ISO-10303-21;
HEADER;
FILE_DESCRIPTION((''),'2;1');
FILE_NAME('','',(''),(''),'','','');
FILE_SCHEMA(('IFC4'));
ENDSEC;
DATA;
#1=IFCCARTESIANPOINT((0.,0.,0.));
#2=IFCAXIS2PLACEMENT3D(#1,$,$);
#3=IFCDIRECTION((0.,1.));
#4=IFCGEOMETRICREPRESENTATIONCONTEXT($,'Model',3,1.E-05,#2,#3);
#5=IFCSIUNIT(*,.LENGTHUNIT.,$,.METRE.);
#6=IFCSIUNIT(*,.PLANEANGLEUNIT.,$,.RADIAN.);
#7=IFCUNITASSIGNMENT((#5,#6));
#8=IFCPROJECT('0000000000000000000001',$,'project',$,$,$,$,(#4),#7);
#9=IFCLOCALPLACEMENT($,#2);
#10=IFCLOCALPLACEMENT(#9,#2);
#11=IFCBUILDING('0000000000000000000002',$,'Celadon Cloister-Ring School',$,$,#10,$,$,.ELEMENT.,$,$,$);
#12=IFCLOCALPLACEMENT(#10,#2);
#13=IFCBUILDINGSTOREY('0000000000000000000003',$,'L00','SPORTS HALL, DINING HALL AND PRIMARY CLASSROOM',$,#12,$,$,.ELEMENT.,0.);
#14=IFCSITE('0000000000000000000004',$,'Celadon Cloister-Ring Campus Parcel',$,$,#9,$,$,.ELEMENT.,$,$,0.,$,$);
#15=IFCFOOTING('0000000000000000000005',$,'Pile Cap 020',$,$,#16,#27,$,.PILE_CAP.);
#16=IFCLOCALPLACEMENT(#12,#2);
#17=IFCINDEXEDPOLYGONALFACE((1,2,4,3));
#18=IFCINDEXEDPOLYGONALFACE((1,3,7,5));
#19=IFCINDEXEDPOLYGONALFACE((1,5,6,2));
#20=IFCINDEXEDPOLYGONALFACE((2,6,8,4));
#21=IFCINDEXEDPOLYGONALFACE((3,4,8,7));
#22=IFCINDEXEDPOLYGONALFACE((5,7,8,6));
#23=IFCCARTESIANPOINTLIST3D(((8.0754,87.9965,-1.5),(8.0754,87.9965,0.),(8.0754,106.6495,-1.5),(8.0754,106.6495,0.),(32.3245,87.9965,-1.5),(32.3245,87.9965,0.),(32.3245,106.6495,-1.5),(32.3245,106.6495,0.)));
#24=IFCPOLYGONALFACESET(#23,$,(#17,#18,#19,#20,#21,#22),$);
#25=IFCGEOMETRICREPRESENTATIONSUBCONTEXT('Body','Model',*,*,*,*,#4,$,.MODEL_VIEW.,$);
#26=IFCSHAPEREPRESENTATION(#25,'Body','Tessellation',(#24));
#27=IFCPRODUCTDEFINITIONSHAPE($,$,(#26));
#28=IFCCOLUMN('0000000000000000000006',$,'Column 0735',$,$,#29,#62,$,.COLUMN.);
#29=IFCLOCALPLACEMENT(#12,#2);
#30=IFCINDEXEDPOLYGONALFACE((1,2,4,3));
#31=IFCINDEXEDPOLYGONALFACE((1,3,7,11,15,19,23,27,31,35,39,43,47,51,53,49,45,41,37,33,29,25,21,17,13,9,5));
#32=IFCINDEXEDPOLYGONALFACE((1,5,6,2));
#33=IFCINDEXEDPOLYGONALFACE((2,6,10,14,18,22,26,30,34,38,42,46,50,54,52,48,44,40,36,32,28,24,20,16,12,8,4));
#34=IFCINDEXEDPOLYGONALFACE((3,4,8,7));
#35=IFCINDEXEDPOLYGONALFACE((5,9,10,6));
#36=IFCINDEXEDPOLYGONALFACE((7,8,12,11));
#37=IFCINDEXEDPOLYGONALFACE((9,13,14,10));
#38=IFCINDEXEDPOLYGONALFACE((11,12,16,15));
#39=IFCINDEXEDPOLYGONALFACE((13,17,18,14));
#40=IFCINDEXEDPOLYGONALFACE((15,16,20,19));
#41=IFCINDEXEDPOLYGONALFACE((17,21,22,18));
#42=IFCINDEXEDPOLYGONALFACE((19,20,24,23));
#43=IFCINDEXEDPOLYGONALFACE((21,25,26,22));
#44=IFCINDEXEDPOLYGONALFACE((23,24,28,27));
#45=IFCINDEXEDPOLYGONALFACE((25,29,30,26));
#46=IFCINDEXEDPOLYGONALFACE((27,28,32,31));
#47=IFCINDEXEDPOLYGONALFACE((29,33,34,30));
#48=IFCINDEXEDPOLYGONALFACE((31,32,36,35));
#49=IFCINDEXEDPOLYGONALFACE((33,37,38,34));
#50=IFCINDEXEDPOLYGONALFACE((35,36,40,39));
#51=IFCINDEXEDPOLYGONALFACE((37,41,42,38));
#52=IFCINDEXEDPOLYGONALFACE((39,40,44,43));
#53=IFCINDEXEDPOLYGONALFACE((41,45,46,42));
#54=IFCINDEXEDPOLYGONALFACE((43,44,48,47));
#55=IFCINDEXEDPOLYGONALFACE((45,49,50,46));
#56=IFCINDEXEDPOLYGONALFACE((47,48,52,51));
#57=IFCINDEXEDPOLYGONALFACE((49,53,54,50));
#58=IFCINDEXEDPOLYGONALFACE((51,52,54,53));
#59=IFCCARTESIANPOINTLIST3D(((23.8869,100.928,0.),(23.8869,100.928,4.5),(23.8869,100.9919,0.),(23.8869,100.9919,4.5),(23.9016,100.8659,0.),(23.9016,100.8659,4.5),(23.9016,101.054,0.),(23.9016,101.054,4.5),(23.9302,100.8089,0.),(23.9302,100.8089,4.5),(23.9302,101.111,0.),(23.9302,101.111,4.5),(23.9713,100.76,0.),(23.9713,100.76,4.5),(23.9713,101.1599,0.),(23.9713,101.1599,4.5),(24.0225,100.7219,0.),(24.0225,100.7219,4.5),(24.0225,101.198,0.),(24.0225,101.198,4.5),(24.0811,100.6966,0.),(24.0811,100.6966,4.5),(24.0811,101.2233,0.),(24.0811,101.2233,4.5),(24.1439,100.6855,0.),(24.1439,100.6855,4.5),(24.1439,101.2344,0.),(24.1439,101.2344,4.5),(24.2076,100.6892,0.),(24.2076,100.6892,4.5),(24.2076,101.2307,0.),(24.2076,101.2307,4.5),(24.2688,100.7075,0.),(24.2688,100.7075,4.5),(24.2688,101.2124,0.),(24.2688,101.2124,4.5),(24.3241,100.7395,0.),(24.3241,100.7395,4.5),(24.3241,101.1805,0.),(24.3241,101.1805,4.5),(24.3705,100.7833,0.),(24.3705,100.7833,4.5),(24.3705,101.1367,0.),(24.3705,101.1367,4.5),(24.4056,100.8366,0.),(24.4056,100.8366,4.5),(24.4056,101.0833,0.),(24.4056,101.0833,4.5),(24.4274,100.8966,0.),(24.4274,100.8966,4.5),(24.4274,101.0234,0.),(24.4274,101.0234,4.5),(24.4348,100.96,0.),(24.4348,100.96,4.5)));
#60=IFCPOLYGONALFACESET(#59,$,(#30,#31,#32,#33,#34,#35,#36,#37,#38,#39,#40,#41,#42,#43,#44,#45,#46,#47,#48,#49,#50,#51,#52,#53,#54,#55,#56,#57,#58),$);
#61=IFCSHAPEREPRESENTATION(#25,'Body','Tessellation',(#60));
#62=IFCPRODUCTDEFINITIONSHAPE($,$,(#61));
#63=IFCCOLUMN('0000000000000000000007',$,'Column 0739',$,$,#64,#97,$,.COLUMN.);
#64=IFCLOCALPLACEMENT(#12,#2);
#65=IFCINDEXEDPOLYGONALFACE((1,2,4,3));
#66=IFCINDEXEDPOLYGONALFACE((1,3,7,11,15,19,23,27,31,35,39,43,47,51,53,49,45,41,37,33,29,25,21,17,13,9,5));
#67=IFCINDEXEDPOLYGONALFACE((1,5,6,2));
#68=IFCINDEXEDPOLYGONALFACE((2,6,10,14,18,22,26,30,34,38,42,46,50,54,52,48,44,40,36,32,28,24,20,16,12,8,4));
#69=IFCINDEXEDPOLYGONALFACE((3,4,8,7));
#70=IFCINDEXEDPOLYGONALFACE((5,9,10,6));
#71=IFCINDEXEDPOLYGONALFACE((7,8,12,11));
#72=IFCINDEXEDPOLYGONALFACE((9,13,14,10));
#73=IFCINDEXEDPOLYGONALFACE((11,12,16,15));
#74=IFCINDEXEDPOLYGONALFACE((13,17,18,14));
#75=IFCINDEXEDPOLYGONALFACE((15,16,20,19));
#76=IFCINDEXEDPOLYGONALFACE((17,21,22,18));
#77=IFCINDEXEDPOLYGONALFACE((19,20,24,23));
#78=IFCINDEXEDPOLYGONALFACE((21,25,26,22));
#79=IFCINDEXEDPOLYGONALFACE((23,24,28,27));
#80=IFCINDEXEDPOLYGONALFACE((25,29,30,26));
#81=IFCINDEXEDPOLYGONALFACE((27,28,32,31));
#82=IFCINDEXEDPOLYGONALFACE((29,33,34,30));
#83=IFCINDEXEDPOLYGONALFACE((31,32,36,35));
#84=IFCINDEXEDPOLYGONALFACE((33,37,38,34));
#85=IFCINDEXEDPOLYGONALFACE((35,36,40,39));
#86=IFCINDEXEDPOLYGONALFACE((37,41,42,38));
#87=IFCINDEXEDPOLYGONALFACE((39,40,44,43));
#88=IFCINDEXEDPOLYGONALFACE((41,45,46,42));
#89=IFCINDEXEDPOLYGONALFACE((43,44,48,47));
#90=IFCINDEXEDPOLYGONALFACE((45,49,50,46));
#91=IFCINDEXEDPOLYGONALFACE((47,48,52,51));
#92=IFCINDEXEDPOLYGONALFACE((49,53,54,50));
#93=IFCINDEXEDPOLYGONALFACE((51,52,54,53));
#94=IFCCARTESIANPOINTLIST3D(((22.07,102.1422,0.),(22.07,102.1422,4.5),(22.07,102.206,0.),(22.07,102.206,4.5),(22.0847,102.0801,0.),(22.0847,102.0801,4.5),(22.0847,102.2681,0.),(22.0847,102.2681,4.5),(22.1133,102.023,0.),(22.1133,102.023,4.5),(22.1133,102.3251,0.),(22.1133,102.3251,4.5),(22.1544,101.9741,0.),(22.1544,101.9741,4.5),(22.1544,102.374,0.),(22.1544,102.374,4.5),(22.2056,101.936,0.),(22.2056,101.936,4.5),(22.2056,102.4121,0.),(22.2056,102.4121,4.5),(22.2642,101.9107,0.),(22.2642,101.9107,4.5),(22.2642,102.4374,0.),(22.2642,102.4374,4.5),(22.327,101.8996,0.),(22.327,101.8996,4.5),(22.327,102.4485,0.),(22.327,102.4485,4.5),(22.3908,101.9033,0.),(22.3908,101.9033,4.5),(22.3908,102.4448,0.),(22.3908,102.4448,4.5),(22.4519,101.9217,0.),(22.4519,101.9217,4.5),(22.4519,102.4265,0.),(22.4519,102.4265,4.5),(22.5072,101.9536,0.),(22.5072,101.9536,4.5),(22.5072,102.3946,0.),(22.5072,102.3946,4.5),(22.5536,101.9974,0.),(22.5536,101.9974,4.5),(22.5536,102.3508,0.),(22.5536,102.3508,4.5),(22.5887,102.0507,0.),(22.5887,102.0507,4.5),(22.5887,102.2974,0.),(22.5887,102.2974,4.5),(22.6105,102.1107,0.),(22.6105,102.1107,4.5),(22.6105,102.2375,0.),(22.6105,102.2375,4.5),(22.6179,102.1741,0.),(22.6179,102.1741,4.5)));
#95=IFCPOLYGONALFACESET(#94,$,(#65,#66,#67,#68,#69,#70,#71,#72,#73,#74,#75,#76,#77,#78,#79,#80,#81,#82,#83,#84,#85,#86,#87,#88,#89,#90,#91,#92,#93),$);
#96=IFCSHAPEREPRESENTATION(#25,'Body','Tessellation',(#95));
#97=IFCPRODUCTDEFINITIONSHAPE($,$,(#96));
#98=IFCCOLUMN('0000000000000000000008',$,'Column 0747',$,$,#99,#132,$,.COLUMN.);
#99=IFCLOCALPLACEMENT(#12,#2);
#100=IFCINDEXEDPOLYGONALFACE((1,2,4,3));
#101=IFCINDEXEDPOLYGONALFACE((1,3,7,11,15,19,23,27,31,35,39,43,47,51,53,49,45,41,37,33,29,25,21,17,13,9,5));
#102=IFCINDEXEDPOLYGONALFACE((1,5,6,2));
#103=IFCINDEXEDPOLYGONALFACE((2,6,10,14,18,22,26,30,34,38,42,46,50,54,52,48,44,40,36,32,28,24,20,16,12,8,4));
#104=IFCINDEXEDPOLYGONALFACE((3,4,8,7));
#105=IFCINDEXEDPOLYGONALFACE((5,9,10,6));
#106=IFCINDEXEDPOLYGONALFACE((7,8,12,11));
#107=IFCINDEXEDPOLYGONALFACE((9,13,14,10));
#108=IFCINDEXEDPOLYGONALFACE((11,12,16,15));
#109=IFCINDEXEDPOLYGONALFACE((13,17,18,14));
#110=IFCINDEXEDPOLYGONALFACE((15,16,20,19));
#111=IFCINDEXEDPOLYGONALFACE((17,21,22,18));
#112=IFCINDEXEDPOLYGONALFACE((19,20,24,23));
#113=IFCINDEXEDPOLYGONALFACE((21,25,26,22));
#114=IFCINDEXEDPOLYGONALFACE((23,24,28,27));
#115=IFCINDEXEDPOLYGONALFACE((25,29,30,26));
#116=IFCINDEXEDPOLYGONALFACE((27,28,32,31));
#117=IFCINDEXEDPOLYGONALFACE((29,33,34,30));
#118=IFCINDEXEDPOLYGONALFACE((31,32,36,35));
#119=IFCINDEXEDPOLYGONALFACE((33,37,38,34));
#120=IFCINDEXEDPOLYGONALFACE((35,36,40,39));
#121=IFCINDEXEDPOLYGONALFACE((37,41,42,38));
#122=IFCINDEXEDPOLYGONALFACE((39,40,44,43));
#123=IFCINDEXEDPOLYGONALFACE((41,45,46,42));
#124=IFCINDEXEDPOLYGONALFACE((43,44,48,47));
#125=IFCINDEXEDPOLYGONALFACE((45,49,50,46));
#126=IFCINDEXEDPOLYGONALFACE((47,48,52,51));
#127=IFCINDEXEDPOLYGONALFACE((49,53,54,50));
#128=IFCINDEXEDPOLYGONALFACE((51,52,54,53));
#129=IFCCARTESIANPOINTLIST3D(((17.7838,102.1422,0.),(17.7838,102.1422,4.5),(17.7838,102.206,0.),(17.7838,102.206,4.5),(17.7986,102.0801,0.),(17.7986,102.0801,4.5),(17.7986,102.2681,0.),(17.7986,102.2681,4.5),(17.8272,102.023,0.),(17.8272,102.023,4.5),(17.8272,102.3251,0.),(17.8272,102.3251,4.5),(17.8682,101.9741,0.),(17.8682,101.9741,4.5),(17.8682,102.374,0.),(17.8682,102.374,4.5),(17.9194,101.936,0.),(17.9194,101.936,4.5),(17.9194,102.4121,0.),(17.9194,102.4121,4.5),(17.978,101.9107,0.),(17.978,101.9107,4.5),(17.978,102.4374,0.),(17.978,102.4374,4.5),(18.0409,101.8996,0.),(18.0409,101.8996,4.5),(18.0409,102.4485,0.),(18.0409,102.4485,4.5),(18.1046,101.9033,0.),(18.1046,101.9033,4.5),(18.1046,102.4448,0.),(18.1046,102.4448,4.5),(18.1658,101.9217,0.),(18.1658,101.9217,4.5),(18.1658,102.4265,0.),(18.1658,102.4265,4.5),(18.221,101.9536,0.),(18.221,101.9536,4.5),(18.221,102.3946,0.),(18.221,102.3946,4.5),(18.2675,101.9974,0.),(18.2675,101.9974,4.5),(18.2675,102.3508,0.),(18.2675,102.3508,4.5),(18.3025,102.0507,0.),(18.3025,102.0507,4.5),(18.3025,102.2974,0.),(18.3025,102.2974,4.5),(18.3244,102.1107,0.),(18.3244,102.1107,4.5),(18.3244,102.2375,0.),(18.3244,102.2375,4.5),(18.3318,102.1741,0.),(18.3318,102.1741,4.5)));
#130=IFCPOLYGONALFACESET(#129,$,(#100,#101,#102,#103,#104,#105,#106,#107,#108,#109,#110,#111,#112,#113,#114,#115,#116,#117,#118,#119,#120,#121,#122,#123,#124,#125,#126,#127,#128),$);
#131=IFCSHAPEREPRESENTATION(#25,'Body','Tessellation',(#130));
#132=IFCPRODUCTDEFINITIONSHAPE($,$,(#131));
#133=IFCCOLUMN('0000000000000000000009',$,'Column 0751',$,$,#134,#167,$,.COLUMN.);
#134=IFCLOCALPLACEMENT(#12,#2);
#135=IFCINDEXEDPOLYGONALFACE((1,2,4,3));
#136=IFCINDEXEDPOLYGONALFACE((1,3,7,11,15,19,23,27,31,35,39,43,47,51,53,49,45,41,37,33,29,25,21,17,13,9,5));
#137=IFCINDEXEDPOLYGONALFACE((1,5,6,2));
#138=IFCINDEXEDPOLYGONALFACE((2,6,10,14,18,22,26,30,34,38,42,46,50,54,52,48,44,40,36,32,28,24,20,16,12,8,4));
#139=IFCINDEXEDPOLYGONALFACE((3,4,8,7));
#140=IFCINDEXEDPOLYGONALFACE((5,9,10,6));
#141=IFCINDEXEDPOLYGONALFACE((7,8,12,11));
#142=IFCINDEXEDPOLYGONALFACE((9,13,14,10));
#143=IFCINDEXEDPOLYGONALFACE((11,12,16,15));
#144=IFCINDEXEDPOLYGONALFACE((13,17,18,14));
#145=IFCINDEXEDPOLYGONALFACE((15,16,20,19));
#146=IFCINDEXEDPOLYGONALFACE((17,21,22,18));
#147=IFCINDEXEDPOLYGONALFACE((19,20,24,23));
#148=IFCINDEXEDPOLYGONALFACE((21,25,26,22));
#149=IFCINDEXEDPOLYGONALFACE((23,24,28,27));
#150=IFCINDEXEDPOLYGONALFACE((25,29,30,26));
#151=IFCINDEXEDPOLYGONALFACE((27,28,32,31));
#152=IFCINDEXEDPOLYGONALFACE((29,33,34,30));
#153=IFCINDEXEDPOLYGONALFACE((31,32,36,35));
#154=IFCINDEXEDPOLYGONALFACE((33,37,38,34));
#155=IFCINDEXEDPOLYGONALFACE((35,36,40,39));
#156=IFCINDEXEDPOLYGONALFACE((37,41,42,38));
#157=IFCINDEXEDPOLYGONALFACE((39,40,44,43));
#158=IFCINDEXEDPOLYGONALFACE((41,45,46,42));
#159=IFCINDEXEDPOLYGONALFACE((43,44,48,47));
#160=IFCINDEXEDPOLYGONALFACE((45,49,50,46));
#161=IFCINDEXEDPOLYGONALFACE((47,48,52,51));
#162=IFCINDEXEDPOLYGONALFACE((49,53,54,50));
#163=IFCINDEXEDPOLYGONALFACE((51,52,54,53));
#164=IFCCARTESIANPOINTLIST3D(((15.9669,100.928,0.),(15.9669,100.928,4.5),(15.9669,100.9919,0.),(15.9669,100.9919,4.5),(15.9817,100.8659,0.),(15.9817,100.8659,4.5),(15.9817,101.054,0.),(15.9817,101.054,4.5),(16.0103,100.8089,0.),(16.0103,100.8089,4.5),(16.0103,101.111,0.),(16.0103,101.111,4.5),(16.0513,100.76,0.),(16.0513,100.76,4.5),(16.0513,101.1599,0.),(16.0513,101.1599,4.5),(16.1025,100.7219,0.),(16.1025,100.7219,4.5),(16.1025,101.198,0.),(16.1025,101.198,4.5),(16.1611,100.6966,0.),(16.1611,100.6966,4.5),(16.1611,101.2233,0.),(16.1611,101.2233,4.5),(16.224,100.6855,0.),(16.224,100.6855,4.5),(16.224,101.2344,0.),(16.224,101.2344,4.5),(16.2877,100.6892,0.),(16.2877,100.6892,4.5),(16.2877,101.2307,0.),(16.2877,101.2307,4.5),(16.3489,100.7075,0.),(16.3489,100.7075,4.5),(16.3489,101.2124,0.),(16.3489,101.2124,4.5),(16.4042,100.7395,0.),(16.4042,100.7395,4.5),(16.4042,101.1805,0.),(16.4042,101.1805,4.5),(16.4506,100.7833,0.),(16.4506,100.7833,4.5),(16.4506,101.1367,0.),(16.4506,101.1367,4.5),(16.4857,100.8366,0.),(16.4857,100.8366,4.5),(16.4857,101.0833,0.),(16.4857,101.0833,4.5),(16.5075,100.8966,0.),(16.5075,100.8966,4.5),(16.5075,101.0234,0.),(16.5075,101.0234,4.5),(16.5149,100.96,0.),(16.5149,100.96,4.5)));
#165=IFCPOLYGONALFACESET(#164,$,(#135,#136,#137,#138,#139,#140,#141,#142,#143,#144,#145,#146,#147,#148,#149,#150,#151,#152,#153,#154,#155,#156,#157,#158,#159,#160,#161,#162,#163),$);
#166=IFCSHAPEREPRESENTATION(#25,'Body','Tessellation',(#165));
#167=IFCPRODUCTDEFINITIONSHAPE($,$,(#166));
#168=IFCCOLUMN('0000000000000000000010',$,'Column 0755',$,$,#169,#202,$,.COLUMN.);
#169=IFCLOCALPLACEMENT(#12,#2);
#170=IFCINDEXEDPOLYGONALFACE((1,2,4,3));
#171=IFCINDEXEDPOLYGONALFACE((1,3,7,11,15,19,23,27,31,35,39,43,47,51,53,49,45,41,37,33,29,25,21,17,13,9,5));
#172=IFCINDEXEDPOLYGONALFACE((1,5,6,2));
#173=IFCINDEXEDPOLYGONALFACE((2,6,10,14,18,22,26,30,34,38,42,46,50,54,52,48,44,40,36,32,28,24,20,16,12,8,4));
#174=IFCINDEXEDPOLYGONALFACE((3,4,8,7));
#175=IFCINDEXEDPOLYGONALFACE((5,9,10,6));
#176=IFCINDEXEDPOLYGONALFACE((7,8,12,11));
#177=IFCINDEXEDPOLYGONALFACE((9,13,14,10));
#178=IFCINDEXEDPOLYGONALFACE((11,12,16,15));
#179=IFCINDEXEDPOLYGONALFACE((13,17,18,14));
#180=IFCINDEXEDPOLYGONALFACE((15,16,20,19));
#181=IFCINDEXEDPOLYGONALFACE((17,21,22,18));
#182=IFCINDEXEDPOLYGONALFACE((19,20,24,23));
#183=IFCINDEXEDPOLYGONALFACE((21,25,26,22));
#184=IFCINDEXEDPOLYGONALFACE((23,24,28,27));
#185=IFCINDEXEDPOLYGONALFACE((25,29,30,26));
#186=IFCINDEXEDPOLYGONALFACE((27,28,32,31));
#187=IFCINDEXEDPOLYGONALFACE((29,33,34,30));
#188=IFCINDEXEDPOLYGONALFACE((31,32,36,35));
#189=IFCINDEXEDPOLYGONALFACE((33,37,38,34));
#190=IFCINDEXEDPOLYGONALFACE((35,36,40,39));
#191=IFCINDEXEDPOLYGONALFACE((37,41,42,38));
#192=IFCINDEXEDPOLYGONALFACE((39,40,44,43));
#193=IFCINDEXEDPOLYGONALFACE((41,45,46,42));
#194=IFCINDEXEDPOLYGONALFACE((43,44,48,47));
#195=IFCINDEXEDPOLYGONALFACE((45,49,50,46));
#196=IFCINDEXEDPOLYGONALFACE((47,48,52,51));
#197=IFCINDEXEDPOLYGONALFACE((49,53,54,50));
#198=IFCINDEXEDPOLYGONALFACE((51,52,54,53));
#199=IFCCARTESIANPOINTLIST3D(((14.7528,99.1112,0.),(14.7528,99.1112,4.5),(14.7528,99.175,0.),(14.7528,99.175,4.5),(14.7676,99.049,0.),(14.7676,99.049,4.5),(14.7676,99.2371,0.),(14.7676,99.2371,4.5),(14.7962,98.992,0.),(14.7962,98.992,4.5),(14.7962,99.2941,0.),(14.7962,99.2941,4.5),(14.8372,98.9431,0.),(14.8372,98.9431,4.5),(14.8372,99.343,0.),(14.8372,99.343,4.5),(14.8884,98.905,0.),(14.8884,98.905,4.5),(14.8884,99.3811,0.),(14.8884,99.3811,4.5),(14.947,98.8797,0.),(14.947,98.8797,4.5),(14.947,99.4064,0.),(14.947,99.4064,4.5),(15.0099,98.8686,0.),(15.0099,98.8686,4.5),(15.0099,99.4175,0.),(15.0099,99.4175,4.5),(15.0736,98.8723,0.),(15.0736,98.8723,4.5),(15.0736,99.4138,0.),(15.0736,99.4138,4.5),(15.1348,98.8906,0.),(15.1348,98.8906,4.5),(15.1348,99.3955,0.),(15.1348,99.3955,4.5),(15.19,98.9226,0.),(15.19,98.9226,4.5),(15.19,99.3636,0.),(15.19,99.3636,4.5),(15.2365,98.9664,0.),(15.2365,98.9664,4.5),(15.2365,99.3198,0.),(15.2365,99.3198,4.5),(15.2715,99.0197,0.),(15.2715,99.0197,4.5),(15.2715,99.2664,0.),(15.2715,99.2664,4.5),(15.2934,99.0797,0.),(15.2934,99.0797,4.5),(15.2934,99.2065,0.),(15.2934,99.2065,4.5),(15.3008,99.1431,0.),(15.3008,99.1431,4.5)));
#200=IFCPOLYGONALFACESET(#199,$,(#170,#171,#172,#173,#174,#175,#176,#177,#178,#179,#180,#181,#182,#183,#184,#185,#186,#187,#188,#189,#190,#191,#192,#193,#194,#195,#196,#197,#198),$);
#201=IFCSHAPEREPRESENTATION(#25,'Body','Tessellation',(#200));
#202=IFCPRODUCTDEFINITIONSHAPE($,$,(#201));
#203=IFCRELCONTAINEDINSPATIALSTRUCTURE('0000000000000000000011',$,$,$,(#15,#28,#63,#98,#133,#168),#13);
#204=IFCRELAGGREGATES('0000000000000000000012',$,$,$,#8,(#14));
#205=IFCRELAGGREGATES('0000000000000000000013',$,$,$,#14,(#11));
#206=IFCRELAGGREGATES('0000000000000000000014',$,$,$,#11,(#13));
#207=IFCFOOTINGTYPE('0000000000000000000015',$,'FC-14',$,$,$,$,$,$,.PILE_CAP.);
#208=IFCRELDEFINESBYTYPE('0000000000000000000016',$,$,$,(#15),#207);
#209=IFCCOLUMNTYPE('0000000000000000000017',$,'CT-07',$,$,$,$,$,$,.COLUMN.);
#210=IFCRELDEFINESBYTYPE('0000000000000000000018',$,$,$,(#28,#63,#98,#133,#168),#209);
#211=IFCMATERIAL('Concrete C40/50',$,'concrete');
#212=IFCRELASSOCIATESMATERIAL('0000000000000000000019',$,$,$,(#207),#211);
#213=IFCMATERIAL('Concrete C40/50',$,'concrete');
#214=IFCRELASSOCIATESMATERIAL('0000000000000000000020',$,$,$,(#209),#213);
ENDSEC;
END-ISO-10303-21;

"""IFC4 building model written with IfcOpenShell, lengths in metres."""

from ifc_helpers import new_model, si_unit, direction, frame, origin, origin_2d, place, context, subcontext, project, spatial, rectangle, circle, extrude, material, material_profile, profile_set, type_object, element, save


model = new_model("IFC4")

# Units and contexts
model_context = context("Model", 3, precision=1e-05, world=origin(), true_north=direction((0.0, 1.0)))
body_context = subcontext(model_context, "Body", "Model", "MODEL_VIEW")
ifc_project = project(units=[si_unit("LENGTHUNIT", "METRE"), si_unit("PLANEANGLEUNIT", "RADIAN")], contexts=[model_context])

# Site, building, storey
site_placement = place(None, origin())
site = spatial("IfcSite", under=ifc_project, at=site_placement, Name="Celadon Cloister-Ring Campus Parcel", CompositionType="ELEMENT", RefElevation=0.0)
building_placement = place(site_placement, origin())
building = spatial("IfcBuilding", under=site, at=building_placement, Name="Celadon Cloister-Ring School", CompositionType="ELEMENT")
storey_placement = place(building_placement, origin())
storey = spatial("IfcBuildingStorey", under=building, at=storey_placement, Name="L00", Description="SPORTS HALL, DINING HALL AND PRIMARY CLASSROOM", CompositionType="ELEMENT", Elevation=0.0)

# Footing
ifc_material_1 = material(Name="Concrete C40/50", Category="concrete")
footing_type = type_object("IfcFootingType", Name="FC-14", PredefinedType="PILE_CAP", material=ifc_material_1)
footing_placement = place(storey_placement, frame((20.2, 97.323, -1.5), z_axis=(0.0, 0.0, 1.0), x_axis=(1.0, 0.0, 0.0)))
element("IfcFooting", 1, at=footing_placement, inside=storey, type_object=footing_type, Name="Pile Cap 020", PredefinedType="PILE_CAP", context=body_context, shape_type="SweptSolid", body=[
    extrude(rectangle(XDim=24.249, YDim=18.6531, at=origin_2d()), origin(), (0.0, 0.0, 1.0), 1.5),
])

# Columns
ifc_material_2 = material(Name="Concrete C40/50", Category="concrete")
ifc_material_profile_1 = material_profile(ifc_material_2, circle(Radius=0.2749, at=origin_2d()), Name="CIRC550")
ifc_profile_set_1 = profile_set([ifc_material_profile_1], Name="Concrete C40/50")
column_type = type_object("IfcColumnType", Name="CT-07", PredefinedType="COLUMN", material=ifc_profile_set_1)
for number, where, z_axis, x_axis, name in (
    (2, (24.1599, 100.96, 0.0), (0.0, 0.0, 1.0), (1.0, 0.0, 0.0), "Column 0735"),
    (3, (22.343, 102.1741, 0.0), (0.0, 0.0, 1.0), (1.0, 0.0, 0.0), "Column 0739"),
    (4, (18.0569, 102.1741, 0.0), (0.0, 0.0, 1.0), (1.0, 0.0, 0.0), "Column 0747"),
    (5, (16.24, 100.96, 0.0), (0.0, 0.0, 1.0), (1.0, 0.0, 0.0), "Column 0751"),
    (6, (15.0259, 99.1431, 0.0), (0.0, 0.0, 1.0), (1.0, 0.0, 0.0), "Column 0755"),
):
    element("IfcColumn", number, at=place(storey_placement, frame(where, z_axis=z_axis, x_axis=x_axis)), inside=storey, type_object=column_type, Name=name, PredefinedType="COLUMN", context=body_context, shape_type="SweptSolid", body=[
        extrude(circle(Radius=0.2749, at=origin_2d()), origin(), (0.0, 0.0, 1.0), 4.5),
    ])

save(model, "model.ifc")
